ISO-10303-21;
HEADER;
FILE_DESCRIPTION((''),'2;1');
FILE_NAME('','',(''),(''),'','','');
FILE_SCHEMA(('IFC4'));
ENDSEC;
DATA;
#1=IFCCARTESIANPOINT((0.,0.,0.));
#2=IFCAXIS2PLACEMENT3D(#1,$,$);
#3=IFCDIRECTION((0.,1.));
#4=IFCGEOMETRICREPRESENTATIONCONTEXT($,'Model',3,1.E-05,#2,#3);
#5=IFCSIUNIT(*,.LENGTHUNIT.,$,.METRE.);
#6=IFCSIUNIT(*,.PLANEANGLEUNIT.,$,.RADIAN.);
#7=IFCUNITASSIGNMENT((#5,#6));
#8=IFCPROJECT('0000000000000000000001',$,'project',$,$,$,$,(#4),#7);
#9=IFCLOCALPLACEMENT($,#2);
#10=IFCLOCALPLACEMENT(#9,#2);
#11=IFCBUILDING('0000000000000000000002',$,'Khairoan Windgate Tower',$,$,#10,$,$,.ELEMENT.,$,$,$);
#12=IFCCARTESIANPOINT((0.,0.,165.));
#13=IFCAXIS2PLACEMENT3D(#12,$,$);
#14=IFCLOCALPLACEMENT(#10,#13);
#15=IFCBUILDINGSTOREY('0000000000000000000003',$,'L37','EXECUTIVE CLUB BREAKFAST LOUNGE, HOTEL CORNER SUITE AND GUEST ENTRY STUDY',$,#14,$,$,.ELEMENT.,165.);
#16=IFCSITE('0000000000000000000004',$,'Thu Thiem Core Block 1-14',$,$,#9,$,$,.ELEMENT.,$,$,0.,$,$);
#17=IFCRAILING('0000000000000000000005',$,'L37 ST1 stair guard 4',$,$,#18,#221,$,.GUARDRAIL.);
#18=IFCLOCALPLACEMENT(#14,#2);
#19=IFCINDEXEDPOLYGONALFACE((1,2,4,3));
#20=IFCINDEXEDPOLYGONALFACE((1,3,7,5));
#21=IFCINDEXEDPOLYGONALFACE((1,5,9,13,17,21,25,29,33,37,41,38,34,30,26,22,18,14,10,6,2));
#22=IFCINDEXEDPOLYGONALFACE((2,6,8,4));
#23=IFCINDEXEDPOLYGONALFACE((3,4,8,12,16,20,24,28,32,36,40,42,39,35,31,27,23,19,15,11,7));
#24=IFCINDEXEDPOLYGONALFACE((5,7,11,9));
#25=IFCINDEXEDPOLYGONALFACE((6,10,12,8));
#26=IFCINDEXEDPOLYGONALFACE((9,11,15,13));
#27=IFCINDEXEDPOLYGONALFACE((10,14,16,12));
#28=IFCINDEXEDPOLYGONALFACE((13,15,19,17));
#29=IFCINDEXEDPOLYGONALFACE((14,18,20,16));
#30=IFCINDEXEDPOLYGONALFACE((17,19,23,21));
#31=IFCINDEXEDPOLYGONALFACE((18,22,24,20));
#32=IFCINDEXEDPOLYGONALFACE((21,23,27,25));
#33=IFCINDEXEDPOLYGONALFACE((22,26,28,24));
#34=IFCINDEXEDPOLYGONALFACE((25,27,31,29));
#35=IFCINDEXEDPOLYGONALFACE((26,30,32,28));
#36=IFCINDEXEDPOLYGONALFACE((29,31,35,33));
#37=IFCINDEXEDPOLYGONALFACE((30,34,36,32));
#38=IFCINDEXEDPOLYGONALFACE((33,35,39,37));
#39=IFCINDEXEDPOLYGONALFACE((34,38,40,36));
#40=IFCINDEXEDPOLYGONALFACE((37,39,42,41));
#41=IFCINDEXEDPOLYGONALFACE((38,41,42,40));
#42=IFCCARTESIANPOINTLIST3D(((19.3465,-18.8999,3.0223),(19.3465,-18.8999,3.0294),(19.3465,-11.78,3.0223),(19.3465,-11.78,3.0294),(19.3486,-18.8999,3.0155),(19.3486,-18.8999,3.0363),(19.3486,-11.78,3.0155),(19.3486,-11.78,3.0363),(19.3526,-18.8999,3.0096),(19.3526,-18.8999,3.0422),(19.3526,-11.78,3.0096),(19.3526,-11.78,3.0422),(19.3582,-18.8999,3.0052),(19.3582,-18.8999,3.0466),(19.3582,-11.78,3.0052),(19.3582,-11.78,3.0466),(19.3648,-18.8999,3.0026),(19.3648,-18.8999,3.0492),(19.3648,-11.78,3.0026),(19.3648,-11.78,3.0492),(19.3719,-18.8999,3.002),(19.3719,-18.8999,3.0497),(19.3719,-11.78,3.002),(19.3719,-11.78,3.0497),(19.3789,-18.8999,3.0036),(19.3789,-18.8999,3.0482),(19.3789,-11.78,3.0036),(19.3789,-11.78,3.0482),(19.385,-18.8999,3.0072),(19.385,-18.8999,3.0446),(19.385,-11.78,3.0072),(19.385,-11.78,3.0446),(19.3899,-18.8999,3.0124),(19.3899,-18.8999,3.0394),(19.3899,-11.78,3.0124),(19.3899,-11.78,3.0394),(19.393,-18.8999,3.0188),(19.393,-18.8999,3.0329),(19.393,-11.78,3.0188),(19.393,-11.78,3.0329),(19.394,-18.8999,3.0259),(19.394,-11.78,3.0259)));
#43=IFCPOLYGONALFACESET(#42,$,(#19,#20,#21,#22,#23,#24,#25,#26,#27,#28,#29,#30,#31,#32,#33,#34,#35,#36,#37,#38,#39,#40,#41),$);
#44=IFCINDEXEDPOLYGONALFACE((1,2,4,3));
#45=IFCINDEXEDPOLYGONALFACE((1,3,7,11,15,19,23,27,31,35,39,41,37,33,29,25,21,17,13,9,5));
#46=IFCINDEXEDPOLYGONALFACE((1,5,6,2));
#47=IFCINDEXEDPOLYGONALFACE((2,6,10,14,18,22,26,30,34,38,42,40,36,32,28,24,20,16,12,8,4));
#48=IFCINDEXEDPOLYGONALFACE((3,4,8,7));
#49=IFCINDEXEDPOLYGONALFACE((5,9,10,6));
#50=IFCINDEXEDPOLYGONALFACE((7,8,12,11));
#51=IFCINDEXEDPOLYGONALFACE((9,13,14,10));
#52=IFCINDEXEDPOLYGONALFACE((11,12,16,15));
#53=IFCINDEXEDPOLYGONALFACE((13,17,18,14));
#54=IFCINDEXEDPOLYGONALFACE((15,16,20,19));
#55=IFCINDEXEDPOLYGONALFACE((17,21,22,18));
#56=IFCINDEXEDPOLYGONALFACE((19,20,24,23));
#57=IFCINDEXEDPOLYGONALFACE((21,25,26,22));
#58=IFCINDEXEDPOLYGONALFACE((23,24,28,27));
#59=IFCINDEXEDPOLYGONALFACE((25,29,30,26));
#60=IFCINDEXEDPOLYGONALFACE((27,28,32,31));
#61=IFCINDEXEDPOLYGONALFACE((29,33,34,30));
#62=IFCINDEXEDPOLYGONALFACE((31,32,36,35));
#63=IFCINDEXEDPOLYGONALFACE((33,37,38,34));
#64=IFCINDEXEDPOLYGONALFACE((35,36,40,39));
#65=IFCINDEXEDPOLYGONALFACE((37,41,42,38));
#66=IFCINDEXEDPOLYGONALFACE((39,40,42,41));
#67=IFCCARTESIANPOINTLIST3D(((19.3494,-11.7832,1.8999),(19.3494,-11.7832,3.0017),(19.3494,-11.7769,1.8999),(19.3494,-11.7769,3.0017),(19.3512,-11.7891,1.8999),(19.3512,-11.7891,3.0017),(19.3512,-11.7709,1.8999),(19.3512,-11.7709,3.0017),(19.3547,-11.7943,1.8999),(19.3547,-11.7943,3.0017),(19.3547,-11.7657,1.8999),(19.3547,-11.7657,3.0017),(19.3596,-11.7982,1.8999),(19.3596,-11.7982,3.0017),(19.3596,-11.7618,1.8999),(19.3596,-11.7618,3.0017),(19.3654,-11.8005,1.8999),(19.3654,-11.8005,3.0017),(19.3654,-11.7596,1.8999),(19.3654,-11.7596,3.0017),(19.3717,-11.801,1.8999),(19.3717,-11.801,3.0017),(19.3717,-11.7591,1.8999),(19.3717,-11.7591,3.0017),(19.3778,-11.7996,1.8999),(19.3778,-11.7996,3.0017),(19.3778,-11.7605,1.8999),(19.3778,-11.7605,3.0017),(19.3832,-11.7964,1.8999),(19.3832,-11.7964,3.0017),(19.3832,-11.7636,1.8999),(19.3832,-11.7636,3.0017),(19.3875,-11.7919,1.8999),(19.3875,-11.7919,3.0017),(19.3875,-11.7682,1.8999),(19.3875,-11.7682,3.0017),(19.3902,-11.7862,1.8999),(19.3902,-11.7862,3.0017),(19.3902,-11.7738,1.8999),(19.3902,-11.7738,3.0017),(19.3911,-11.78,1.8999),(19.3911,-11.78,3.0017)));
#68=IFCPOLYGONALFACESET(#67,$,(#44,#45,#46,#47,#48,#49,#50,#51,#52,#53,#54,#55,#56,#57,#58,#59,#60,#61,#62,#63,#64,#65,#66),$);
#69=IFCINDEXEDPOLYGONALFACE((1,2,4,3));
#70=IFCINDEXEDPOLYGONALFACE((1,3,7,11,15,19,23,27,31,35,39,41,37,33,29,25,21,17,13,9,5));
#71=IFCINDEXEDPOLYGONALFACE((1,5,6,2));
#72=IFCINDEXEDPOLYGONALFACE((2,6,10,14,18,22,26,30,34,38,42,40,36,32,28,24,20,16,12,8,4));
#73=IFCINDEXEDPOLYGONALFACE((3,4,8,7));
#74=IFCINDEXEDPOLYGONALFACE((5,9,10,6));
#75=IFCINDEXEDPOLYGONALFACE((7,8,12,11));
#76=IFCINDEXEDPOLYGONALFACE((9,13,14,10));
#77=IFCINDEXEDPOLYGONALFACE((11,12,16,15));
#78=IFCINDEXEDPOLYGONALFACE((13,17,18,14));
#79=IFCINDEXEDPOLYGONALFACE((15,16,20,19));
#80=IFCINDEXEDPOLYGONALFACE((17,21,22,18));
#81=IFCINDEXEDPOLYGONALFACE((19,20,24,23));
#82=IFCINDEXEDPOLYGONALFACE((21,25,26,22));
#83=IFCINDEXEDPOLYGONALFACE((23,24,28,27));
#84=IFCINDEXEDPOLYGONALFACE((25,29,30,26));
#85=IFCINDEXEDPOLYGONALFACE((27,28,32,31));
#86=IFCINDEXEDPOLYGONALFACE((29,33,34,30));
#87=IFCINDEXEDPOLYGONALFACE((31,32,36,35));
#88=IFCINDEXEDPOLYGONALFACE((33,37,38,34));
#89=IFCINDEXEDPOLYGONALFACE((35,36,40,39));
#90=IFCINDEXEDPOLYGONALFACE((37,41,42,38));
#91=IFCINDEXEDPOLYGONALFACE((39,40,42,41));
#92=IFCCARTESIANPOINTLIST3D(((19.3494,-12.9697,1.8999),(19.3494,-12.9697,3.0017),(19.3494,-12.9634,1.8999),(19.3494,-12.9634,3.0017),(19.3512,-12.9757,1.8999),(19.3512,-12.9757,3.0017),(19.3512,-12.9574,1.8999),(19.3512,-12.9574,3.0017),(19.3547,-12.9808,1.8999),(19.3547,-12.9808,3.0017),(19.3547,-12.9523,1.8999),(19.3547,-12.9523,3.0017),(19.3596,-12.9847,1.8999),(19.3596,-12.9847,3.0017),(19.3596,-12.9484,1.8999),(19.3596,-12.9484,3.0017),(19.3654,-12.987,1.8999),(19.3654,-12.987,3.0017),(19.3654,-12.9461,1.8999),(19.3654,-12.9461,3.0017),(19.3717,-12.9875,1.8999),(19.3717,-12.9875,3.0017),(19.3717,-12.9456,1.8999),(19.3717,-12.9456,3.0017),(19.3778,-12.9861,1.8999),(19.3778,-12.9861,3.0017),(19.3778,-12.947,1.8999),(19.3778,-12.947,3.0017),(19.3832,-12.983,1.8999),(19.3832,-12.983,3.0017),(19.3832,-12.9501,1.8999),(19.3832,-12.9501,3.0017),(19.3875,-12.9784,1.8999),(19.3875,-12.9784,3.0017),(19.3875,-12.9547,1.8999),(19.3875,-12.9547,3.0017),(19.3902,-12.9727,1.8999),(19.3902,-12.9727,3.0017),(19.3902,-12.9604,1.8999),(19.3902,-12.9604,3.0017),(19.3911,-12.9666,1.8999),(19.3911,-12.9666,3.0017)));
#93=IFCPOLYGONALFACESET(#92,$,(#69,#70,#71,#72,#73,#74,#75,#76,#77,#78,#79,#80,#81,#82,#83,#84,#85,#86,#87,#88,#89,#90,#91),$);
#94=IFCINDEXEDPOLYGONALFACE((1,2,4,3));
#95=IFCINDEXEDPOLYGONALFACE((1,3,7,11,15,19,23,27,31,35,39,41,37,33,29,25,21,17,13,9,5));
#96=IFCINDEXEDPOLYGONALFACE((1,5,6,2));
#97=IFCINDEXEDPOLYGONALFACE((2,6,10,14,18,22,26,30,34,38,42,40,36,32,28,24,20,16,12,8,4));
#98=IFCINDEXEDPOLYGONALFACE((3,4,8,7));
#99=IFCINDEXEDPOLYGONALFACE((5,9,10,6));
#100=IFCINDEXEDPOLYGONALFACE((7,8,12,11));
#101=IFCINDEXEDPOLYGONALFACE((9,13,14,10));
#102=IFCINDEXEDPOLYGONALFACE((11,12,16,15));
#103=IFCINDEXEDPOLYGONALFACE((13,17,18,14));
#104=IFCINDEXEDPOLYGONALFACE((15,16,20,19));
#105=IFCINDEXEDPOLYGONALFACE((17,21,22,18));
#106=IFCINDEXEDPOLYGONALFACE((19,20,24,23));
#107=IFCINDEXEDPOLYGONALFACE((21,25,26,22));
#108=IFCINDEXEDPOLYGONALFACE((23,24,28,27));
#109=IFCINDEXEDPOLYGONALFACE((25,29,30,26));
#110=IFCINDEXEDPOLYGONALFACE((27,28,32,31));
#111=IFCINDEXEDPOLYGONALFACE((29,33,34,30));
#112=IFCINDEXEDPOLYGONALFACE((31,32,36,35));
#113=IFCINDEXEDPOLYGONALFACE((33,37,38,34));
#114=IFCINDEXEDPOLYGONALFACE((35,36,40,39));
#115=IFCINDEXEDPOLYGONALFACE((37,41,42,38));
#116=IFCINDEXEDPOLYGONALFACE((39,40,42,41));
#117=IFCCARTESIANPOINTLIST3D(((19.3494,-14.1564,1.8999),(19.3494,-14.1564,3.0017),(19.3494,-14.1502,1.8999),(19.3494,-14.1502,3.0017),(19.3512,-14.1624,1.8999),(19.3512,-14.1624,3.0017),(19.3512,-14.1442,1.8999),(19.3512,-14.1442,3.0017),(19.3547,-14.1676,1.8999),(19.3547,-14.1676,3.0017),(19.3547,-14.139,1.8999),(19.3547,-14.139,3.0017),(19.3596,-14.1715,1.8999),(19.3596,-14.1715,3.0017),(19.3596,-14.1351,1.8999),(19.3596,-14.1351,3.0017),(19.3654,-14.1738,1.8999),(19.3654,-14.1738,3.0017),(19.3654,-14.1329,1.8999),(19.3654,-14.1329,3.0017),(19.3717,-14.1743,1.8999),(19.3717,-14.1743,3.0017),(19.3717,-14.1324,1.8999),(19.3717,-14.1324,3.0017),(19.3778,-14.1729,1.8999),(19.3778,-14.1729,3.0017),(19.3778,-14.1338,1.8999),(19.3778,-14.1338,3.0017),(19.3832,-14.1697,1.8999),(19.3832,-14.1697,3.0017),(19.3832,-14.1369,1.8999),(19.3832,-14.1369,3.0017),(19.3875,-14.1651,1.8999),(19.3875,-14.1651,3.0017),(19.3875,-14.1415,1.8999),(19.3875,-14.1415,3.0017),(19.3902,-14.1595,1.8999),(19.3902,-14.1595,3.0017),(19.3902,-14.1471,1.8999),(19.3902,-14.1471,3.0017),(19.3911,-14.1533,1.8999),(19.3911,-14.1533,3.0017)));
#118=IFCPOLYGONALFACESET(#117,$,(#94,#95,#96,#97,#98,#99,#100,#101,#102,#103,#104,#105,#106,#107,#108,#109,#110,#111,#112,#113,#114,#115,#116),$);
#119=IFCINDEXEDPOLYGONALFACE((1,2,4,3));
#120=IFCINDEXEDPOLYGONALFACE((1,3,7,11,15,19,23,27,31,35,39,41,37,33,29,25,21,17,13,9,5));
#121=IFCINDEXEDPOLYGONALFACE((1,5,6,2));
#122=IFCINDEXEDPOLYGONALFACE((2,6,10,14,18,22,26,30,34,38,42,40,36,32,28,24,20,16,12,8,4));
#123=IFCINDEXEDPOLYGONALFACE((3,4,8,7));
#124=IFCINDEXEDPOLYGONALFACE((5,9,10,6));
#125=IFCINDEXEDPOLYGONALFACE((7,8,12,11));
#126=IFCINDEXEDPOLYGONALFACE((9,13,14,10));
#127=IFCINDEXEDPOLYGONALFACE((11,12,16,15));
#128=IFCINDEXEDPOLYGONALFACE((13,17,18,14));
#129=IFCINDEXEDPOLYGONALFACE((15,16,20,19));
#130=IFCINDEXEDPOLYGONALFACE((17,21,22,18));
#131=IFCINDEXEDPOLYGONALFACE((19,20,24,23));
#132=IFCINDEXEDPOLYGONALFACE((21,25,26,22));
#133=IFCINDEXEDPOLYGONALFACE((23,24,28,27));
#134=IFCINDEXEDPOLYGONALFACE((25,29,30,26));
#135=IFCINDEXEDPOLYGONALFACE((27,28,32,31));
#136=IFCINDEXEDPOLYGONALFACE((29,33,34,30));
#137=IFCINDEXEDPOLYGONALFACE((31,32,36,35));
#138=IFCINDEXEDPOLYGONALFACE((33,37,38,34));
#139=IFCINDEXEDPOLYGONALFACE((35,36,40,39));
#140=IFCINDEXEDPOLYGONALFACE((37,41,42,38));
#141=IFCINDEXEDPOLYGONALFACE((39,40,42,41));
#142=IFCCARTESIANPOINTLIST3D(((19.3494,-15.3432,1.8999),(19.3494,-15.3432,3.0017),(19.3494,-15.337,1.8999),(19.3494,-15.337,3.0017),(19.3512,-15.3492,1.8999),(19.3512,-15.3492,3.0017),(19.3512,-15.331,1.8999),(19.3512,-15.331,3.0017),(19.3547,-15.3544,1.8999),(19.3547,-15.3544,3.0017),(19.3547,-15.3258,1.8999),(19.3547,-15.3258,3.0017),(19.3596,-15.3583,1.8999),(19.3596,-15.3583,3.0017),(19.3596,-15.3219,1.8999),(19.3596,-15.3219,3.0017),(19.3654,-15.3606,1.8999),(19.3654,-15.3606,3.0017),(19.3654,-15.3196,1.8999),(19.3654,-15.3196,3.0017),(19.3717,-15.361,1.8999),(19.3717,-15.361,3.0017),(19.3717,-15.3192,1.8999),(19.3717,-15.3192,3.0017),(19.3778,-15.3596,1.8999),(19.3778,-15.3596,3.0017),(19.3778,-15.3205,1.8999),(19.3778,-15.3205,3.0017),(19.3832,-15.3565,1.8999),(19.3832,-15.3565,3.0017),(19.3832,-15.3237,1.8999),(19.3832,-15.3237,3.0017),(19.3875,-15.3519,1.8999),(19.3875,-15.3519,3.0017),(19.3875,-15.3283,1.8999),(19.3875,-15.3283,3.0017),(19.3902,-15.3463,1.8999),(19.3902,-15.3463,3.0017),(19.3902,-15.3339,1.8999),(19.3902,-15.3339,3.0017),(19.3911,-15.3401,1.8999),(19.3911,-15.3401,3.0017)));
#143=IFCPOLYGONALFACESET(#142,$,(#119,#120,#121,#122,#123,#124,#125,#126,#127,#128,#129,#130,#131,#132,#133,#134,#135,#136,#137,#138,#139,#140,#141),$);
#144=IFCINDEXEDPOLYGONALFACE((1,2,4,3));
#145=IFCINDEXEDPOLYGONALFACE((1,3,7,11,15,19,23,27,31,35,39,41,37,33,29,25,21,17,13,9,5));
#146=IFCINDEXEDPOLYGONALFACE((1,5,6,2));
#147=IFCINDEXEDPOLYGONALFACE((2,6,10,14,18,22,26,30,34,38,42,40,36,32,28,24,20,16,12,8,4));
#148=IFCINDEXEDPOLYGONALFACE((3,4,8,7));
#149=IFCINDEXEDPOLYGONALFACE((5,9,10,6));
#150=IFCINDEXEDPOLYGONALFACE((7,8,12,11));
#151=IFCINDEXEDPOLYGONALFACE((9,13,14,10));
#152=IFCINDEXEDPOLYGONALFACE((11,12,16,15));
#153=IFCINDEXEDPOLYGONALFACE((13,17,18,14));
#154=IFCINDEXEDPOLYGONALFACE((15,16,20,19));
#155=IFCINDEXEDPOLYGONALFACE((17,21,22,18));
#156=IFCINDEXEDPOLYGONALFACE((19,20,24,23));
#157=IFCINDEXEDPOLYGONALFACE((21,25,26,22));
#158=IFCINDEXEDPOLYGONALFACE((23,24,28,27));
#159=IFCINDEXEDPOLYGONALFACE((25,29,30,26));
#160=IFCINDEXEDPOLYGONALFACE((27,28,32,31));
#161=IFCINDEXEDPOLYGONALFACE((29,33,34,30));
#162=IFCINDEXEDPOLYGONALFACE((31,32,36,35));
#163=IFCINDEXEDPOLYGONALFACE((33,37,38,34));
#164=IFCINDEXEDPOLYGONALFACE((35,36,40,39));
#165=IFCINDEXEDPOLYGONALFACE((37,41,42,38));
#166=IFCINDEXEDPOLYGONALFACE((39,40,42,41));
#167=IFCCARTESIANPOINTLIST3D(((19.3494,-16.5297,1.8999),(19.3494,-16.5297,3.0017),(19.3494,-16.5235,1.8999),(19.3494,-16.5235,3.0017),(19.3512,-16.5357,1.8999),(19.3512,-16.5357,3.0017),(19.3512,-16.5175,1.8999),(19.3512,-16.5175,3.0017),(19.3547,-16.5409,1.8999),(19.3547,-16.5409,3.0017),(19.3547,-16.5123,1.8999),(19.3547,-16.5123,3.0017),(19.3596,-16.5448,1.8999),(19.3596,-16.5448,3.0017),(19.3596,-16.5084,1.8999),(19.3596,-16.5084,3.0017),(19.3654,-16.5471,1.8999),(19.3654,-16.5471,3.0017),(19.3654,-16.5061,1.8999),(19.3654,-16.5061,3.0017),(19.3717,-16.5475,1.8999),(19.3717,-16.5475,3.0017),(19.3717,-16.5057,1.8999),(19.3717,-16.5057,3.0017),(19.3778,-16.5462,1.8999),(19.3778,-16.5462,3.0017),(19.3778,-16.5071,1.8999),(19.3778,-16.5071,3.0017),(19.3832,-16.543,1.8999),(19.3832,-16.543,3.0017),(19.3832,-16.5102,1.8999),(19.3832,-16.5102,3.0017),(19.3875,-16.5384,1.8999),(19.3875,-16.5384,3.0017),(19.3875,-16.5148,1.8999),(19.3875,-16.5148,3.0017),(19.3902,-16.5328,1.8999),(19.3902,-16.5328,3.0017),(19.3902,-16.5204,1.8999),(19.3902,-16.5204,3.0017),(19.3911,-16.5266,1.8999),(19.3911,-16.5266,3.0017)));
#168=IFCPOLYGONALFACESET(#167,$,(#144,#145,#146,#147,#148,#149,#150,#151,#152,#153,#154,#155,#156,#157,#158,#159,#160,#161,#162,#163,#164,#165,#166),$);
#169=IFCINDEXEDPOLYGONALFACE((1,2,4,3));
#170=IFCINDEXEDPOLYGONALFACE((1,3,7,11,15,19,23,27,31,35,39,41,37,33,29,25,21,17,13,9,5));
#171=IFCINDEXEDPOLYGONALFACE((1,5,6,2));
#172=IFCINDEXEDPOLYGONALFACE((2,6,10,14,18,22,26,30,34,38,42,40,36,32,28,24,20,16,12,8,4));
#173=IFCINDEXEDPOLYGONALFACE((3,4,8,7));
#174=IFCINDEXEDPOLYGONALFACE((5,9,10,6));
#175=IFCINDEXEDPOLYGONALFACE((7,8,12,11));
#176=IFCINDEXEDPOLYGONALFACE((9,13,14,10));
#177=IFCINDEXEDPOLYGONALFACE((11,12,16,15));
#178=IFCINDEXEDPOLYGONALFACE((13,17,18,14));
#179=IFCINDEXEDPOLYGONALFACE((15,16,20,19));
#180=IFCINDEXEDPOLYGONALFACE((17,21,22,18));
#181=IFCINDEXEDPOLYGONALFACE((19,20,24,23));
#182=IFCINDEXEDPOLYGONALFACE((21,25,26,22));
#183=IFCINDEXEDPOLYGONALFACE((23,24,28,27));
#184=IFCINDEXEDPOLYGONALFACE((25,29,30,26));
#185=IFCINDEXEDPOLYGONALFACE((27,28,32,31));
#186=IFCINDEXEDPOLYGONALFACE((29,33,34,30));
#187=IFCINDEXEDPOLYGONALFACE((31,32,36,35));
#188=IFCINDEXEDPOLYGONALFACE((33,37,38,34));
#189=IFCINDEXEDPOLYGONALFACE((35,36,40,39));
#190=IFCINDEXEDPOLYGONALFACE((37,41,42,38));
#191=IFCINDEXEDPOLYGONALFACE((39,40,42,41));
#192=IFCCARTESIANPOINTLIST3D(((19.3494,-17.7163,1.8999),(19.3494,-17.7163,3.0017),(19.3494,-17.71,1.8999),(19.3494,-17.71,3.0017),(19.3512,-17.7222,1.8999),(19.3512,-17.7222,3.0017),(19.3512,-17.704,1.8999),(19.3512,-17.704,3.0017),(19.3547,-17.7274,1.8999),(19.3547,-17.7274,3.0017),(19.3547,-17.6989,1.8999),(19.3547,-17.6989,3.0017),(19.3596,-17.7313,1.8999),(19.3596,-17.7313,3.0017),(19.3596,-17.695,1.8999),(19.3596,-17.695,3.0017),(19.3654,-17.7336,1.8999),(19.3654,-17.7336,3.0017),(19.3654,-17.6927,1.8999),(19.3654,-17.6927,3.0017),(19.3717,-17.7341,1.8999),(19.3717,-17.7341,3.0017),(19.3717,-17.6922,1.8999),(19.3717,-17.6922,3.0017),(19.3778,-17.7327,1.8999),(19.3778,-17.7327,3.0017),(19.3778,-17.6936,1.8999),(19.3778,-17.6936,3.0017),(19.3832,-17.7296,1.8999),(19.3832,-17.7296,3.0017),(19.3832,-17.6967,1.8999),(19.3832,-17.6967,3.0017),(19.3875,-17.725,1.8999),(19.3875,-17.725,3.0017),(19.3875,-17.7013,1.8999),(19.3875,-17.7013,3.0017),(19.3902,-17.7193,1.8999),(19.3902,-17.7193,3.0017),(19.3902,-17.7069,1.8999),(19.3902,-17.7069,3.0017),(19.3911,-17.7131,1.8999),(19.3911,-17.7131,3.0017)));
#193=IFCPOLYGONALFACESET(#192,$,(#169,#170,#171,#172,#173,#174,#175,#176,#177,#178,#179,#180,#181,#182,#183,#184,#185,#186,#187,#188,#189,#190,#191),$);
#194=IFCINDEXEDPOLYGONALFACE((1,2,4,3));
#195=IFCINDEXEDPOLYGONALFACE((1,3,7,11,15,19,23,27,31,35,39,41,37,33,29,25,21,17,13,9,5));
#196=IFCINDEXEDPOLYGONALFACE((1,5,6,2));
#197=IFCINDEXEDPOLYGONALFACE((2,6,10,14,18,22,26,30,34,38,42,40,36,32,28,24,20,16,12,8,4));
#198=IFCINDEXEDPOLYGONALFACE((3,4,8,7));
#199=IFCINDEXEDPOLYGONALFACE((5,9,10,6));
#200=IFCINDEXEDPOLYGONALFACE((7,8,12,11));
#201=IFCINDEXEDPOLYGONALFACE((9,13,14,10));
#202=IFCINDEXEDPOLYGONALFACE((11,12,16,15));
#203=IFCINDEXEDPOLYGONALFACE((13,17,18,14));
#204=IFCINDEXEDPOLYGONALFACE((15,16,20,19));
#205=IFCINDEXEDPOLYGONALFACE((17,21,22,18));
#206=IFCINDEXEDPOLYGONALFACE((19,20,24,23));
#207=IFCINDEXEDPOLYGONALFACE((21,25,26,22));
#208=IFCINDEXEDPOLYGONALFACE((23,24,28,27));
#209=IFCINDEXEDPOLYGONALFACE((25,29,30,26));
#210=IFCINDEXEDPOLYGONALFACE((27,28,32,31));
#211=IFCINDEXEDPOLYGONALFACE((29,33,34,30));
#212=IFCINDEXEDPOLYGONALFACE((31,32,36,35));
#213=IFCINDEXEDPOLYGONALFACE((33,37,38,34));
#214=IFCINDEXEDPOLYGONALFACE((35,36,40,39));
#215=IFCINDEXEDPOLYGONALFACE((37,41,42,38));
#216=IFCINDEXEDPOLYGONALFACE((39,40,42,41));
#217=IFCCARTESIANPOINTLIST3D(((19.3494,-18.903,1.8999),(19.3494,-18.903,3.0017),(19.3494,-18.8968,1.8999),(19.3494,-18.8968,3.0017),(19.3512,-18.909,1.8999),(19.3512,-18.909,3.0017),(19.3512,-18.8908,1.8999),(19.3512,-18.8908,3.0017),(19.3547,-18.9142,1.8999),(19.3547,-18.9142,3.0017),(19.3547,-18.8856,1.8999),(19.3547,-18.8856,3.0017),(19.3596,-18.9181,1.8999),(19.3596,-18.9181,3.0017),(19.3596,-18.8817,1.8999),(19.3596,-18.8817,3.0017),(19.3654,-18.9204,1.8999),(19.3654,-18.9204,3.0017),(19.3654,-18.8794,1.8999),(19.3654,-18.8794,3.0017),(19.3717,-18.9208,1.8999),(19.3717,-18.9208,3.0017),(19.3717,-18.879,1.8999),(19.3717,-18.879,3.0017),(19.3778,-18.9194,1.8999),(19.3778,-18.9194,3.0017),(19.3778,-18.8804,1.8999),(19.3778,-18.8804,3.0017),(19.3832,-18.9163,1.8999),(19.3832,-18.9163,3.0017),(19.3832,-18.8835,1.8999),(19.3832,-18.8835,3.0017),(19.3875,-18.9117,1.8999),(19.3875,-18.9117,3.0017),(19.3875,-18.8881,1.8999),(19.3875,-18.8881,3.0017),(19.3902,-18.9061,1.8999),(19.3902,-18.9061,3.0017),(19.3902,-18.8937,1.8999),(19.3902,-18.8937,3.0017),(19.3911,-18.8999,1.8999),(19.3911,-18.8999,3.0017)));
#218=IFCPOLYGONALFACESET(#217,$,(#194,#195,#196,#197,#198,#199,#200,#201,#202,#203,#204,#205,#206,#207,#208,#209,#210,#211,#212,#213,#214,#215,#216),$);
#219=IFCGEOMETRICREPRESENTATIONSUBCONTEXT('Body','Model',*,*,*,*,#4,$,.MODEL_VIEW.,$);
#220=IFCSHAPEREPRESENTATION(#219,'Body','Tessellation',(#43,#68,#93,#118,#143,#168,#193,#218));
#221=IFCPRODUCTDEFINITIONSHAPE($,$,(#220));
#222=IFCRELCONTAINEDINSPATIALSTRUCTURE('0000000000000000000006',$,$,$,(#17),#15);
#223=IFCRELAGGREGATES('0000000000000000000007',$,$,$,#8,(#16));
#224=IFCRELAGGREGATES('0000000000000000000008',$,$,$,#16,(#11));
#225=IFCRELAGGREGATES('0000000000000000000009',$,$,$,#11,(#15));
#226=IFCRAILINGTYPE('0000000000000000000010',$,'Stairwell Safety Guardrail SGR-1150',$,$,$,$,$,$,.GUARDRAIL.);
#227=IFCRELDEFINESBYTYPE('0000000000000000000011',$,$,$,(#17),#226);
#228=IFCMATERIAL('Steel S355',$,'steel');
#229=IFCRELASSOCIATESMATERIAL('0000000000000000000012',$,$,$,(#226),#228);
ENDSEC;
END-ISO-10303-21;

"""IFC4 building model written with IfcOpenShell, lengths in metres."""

from ifc_helpers import new_model, si_unit, direction, frame, origin, origin_2d, place, context, subcontext, project, spatial, circle, extrude, material, type_object, element, save


model = new_model("IFC4")

# Units and contexts
model_context = context("Model", 3, precision=1e-05, world=origin(), true_north=direction((0.0, 1.0)))
body_context = subcontext(model_context, "Body", "Model", "MODEL_VIEW")
ifc_project = project(units=[si_unit("LENGTHUNIT", "METRE"), si_unit("PLANEANGLEUNIT", "RADIAN")], contexts=[model_context])

# Site, building, storey
site_placement = place(None, origin())
site = spatial("IfcSite", under=ifc_project, at=site_placement, Name="Thu Thiem Core Block 1-14", CompositionType="ELEMENT", RefElevation=0.0)
building_placement = place(site_placement, origin())
building = spatial("IfcBuilding", under=site, at=building_placement, Name="Khairoan Windgate Tower", CompositionType="ELEMENT")
storey_placement = place(building_placement, frame((0.0, 0.0, 165.0)))
storey = spatial("IfcBuildingStorey", under=building, at=storey_placement, Name="L37", Description="EXECUTIVE CLUB BREAKFAST LOUNGE, HOTEL CORNER SUITE AND GUEST ENTRY STUDY", CompositionType="ELEMENT", Elevation=165.0)

# Railing
ifc_material_1 = material(Name="Steel S355", Category="steel")
railing_type_1 = type_object("IfcRailingType", Name="Stairwell Safety Guardrail SGR-1150", PredefinedType="GUARDRAIL", material=ifc_material_1)
railing_1_placement = place(storey_placement, frame((19.3701, -11.78, 1.8999)))
element("IfcRailing", 1, at=railing_1_placement, inside=storey, type_object=railing_type_1, Name="L37 ST1 stair guard 4", PredefinedType="GUARDRAIL", context=body_context, shape_type="SweptSolid", body=[
    extrude(circle(Radius=0.0239, at=origin_2d()), frame((0.0, 0.0, 1.126), z_axis=(0.0, -1.0, 0.0), x_axis=(1.0, 0.0, 0.0)), (0.0, 0.0, 1.0), 7.1199),
    extrude(circle(Radius=0.021, at=origin_2d()), origin(), (0.0, 0.0, 1.0), 1.1018),
    extrude(circle(Radius=0.021, at=origin_2d()), frame((0.0, -1.1865, 0.0)), (0.0, 0.0, 1.0), 1.1018),
    extrude(circle(Radius=0.021, at=origin_2d()), frame((0.0, -2.3733, 0.0)), (0.0, 0.0, 1.0), 1.1018),
    extrude(circle(Radius=0.021, at=origin_2d()), frame((0.0, -3.5601, 0.0)), (0.0, 0.0, 1.0), 1.1018),
    extrude(circle(Radius=0.021, at=origin_2d()), frame((0.0, -4.7466, 0.0)), (0.0, 0.0, 1.0), 1.1018),
    extrude(circle(Radius=0.021, at=origin_2d()), frame((0.0, -5.9331, 0.0)), (0.0, 0.0, 1.0), 1.1018),
    extrude(circle(Radius=0.021, at=origin_2d()), frame((0.0, -7.1199, 0.0)), (0.0, 0.0, 1.0), 1.1018),
])

save(model, "model.ifc")
